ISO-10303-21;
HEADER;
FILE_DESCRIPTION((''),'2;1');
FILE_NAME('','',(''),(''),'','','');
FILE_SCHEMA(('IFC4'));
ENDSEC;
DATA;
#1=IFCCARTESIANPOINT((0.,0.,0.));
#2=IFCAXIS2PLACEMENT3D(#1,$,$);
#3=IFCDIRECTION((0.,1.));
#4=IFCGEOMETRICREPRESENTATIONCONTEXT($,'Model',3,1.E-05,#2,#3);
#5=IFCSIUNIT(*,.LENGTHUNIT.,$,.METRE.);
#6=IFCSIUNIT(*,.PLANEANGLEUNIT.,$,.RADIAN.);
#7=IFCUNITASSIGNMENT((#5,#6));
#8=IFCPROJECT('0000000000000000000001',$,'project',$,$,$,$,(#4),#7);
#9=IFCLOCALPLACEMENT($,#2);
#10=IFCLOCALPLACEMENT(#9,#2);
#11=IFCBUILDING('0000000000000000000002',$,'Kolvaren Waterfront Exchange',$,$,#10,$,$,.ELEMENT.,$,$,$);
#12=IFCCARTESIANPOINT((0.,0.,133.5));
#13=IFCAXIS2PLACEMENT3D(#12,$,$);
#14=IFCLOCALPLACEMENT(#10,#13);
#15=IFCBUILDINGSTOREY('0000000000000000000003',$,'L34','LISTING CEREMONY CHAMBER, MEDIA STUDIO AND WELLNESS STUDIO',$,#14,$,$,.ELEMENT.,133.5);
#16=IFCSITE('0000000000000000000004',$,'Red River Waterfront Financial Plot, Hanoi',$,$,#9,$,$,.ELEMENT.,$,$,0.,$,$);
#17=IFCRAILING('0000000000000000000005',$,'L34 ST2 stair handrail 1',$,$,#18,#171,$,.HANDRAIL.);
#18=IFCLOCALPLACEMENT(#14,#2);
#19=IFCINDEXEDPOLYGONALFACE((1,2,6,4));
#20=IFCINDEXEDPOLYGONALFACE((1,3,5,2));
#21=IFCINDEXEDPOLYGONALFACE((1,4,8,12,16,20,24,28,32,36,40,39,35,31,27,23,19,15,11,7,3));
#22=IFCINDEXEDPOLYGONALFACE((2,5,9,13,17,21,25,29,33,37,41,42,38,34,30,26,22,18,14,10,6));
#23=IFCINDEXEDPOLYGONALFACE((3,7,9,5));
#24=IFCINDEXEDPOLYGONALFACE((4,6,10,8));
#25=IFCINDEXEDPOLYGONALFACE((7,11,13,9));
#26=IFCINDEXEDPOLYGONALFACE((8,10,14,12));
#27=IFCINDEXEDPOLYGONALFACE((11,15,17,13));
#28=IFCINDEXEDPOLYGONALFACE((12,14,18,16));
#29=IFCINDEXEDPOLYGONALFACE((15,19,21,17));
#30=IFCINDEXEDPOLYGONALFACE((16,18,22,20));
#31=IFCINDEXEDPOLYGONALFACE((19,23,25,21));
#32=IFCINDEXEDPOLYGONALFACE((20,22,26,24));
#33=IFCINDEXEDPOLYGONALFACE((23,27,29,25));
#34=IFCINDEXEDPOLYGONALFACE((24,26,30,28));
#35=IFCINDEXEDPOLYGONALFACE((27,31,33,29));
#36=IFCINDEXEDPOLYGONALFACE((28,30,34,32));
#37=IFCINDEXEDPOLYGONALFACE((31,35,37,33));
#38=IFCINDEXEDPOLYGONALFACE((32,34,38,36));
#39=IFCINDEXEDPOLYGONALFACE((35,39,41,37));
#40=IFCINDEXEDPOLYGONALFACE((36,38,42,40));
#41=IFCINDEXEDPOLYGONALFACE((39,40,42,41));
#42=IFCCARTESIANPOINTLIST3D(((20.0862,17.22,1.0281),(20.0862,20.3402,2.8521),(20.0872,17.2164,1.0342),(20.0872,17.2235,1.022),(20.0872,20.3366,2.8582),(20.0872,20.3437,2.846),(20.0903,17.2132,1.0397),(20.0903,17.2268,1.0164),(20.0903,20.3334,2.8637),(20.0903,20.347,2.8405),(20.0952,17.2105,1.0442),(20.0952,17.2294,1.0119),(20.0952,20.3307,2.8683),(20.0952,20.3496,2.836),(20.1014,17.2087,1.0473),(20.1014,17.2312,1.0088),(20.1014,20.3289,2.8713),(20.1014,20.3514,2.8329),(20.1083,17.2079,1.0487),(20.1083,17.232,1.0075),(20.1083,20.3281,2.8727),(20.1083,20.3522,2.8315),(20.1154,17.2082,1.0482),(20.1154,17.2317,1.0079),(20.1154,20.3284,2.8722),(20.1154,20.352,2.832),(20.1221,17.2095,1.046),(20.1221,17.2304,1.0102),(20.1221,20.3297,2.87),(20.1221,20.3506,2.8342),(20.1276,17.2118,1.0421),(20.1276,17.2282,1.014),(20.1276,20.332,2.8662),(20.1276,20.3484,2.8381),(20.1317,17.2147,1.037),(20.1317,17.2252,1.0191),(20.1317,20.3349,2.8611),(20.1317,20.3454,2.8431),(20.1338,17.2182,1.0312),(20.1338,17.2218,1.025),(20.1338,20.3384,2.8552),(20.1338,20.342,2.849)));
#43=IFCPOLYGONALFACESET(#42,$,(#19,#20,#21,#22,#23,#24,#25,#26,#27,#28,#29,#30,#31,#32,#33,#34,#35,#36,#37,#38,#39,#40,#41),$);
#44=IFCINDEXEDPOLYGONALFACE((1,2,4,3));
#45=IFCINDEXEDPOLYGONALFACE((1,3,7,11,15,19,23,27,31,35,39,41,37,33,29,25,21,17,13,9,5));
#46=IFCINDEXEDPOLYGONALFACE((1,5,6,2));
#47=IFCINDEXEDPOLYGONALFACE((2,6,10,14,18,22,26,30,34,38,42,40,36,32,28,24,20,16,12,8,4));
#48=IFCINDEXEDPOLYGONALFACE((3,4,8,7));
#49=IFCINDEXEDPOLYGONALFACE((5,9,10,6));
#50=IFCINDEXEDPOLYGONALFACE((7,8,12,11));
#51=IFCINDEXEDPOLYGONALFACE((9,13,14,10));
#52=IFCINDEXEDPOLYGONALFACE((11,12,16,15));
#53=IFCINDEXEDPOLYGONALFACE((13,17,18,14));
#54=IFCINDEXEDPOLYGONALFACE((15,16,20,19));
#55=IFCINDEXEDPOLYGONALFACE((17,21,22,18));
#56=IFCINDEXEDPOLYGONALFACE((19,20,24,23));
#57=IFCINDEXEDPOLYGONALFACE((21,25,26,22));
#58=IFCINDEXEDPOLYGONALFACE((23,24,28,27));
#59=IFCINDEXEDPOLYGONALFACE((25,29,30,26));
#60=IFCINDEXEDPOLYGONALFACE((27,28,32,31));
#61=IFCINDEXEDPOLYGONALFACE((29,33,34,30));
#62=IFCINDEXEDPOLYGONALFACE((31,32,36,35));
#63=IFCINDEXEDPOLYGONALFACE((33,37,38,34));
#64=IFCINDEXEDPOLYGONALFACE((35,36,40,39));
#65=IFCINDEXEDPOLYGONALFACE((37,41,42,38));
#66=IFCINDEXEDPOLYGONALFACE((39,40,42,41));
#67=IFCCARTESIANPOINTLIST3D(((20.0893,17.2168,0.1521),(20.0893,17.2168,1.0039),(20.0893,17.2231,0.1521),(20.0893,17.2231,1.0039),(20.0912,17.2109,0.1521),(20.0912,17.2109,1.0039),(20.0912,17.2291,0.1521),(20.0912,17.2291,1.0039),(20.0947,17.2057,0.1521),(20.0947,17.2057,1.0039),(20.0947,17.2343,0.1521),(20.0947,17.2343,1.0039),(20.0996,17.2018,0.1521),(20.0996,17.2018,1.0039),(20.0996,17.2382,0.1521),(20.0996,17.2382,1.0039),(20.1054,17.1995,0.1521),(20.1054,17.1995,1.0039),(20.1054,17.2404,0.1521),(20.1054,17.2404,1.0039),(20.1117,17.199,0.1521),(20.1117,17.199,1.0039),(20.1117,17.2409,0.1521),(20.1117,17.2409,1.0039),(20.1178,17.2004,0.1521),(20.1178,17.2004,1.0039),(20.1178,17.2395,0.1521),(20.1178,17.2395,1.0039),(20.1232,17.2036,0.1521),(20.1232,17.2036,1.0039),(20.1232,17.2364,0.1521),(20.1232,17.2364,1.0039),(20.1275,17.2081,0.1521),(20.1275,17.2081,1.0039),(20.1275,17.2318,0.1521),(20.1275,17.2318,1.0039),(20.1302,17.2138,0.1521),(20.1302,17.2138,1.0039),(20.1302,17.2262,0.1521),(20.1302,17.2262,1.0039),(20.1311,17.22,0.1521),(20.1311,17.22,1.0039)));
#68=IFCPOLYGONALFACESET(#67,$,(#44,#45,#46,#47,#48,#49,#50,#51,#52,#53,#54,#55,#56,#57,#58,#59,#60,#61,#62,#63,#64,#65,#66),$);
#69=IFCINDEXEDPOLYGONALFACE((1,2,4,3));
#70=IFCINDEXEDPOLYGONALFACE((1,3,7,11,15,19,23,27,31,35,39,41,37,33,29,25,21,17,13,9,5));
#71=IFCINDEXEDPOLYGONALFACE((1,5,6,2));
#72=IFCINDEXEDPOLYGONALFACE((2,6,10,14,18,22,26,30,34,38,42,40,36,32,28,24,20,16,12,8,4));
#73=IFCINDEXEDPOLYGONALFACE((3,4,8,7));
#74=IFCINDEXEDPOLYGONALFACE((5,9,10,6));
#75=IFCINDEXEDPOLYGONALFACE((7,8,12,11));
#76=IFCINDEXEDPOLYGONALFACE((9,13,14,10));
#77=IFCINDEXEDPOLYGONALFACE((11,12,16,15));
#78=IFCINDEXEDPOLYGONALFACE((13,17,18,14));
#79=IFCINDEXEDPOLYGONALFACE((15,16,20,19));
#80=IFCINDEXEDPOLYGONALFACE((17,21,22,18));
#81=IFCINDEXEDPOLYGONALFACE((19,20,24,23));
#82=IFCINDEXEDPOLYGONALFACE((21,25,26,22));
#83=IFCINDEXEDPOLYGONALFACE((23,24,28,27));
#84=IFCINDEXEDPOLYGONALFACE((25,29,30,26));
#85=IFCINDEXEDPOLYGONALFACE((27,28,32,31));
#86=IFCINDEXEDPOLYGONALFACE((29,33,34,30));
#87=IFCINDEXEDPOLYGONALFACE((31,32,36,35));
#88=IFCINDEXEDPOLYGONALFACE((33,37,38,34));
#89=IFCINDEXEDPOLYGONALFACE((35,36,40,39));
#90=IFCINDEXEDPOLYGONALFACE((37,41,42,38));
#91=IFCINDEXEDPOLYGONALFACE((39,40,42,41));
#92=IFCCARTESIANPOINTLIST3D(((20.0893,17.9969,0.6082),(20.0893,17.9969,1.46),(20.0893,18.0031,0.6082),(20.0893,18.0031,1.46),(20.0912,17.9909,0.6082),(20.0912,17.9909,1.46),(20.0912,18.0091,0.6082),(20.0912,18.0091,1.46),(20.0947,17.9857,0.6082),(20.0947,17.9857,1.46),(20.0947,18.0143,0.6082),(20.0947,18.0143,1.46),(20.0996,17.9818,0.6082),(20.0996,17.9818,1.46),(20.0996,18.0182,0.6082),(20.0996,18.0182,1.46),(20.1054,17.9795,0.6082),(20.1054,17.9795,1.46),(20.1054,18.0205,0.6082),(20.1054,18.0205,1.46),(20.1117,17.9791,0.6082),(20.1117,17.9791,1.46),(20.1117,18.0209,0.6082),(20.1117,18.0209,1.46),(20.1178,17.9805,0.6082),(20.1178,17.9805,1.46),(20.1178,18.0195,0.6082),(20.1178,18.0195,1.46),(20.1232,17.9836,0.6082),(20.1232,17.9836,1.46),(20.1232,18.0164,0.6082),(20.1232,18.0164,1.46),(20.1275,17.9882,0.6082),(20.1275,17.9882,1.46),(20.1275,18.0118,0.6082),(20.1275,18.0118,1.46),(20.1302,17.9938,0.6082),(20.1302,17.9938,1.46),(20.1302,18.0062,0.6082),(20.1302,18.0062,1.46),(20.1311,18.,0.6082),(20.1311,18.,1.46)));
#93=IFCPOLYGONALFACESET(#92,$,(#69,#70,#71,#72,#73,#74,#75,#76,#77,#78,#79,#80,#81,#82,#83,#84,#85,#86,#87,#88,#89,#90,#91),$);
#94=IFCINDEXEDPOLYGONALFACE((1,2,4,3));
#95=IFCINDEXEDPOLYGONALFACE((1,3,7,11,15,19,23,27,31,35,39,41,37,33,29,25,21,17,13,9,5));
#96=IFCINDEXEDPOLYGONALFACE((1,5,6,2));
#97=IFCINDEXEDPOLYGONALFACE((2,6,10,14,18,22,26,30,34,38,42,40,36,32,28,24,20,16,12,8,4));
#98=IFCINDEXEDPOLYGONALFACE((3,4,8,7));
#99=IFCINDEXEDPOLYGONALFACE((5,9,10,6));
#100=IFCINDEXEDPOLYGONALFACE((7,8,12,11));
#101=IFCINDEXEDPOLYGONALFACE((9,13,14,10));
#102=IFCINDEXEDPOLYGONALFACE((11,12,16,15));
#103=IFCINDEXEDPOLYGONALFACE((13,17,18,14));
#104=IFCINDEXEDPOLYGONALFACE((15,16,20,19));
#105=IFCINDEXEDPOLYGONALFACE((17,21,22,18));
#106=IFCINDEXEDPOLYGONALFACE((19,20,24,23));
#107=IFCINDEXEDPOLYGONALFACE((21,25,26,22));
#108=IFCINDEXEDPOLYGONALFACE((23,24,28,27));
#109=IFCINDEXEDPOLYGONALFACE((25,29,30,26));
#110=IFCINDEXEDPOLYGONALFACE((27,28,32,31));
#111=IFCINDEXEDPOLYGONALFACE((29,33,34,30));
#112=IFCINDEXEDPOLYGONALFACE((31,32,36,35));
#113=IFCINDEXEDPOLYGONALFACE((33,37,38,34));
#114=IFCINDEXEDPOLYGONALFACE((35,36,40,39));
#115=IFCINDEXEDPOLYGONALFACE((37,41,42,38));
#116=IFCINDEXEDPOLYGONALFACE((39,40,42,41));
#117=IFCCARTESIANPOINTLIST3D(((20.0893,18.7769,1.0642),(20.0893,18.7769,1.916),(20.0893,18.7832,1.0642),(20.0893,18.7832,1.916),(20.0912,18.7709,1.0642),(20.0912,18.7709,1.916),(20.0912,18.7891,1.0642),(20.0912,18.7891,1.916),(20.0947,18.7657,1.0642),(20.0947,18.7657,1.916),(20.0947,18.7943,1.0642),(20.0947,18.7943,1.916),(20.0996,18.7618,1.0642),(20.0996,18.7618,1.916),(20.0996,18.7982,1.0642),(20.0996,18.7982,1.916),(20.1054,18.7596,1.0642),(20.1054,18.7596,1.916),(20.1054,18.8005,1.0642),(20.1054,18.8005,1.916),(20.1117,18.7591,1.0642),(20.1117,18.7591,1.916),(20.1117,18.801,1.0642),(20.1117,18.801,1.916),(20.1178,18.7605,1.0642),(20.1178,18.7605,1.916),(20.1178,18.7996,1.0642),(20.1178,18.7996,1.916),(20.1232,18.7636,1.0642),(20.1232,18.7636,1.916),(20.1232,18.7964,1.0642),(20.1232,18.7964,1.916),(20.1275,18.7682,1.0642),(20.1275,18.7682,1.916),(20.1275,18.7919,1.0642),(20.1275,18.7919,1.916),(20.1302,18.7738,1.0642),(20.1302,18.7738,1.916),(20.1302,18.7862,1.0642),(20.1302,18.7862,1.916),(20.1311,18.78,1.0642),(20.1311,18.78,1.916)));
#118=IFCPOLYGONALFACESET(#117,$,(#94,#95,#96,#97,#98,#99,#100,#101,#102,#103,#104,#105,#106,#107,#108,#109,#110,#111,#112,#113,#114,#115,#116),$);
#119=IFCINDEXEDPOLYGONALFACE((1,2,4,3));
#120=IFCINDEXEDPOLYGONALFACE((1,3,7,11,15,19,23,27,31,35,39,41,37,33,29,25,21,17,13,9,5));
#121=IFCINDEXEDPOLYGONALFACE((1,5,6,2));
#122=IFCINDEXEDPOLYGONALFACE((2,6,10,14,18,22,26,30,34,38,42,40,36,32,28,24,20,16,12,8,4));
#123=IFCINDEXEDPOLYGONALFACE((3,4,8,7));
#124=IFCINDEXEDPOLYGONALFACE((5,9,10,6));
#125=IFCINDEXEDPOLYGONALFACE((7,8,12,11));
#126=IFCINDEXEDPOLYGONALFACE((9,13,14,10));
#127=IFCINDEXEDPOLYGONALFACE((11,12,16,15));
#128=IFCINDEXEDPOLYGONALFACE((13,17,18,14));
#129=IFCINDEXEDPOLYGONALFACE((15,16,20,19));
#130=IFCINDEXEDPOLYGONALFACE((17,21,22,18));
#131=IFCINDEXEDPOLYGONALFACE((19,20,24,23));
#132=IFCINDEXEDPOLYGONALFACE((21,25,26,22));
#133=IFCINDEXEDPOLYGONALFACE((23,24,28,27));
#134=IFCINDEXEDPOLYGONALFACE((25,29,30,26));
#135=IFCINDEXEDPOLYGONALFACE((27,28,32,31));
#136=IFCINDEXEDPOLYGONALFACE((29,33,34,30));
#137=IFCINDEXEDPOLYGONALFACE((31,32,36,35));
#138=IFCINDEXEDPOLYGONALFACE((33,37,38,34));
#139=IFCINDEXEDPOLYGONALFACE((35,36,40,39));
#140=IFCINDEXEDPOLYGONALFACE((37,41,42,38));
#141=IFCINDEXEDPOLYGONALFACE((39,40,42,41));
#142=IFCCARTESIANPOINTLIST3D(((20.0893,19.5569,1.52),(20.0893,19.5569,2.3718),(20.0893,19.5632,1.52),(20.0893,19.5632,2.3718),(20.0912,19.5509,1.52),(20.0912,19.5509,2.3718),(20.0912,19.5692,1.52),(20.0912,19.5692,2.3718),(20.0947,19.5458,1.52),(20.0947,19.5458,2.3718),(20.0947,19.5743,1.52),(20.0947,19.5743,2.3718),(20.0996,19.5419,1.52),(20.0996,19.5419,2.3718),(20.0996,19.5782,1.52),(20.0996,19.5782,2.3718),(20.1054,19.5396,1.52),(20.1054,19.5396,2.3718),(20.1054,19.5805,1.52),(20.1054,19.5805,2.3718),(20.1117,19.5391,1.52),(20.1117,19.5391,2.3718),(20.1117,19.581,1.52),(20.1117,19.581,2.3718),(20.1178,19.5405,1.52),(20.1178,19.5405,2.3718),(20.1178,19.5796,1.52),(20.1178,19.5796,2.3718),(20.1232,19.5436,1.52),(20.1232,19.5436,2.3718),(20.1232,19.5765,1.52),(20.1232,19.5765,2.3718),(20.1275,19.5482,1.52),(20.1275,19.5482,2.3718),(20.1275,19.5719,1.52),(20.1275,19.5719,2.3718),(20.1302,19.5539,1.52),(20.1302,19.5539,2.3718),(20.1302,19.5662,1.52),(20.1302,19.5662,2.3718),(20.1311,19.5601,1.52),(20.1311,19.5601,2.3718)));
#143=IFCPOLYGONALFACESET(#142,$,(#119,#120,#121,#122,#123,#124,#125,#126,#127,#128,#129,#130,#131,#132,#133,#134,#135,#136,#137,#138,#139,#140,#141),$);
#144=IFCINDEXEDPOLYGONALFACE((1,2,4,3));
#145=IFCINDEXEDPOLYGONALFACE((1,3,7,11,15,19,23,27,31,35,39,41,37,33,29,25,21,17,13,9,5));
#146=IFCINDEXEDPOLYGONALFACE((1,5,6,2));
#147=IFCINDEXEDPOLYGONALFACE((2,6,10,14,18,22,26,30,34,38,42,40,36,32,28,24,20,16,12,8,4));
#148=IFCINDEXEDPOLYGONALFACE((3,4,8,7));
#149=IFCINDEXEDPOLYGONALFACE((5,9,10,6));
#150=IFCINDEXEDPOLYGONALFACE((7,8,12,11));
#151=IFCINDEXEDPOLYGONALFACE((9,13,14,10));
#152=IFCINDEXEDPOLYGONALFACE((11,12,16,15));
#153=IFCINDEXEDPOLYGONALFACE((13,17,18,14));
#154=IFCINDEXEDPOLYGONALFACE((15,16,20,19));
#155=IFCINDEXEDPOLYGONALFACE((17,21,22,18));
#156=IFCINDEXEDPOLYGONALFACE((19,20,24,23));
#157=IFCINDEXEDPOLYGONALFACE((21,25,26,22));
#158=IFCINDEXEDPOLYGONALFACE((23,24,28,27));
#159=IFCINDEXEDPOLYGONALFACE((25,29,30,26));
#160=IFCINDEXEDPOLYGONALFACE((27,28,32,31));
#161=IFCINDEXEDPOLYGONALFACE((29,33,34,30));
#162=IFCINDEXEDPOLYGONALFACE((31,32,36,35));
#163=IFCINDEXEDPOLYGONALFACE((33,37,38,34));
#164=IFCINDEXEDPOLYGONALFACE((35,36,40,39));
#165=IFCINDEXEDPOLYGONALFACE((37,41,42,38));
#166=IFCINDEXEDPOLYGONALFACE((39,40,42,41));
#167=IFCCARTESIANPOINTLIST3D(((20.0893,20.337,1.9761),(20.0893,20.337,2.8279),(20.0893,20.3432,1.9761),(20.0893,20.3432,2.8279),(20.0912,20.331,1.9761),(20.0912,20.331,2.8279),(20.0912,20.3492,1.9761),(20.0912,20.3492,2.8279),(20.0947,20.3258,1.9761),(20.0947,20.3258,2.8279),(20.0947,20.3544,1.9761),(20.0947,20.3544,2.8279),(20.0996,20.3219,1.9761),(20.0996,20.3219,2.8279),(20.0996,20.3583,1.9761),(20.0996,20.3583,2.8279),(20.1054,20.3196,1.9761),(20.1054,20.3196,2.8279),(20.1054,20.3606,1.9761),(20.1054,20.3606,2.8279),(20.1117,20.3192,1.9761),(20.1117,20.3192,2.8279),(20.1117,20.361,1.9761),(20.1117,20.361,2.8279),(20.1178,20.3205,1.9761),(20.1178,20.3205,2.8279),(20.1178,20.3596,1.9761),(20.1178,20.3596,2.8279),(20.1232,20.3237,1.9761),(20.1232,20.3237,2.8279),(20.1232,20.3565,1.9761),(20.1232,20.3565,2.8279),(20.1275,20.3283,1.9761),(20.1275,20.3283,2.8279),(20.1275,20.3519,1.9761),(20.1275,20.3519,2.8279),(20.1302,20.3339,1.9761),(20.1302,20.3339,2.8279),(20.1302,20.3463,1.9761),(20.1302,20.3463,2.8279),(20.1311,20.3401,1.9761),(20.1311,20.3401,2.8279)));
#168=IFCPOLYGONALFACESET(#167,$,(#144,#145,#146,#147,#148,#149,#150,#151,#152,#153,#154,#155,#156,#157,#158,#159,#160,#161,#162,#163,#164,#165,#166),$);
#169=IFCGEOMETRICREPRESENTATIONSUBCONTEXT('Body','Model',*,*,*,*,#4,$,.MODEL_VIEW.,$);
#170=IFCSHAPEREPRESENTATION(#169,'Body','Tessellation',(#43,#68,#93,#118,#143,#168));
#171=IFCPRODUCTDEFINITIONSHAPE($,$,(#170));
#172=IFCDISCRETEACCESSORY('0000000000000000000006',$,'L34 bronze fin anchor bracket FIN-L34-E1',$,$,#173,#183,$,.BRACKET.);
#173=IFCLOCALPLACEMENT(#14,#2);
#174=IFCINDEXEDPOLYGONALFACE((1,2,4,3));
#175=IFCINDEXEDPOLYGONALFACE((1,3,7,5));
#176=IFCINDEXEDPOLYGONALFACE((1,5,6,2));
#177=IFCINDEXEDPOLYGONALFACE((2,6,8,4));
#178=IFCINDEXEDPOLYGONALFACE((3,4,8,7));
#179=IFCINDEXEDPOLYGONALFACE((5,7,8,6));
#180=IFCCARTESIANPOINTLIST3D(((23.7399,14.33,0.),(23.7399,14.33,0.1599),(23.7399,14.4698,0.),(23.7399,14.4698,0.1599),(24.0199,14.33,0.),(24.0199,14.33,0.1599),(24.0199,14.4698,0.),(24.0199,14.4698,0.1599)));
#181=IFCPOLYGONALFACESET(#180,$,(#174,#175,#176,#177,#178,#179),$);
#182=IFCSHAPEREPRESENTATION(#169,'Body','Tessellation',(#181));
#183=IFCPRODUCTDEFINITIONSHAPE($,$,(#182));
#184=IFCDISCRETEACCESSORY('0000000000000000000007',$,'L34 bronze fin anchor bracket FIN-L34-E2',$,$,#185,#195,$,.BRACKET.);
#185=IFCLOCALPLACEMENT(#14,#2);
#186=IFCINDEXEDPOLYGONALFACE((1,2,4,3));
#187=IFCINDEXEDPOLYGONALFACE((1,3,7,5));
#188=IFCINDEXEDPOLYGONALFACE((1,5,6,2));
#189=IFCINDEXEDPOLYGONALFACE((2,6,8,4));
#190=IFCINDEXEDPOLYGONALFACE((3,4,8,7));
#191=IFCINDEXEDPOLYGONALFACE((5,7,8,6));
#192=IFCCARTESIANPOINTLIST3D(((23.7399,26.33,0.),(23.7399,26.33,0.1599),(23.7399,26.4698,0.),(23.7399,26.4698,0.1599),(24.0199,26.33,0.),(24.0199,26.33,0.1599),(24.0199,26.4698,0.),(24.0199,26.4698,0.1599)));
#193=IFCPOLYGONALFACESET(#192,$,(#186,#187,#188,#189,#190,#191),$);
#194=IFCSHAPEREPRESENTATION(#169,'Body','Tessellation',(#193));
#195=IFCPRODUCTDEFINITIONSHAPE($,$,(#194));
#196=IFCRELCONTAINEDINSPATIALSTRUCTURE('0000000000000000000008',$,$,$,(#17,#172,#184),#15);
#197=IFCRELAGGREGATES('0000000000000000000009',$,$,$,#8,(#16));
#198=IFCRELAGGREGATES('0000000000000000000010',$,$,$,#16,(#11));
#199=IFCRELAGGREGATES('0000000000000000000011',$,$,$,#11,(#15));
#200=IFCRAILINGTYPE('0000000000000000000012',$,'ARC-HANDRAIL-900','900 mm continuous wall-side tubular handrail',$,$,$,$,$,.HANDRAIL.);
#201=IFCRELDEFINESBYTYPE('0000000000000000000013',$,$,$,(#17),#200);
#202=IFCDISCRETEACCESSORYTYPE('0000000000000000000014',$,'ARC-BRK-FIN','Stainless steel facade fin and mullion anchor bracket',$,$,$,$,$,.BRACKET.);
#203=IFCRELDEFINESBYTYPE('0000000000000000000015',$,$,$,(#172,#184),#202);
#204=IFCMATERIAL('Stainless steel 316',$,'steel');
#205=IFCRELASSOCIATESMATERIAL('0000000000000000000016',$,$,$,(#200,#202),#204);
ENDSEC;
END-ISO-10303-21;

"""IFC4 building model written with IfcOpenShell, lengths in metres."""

from ifc_helpers import new_model, si_unit, direction, frame, origin, origin_with_axes, origin_2d, place, context, subcontext, project, spatial, rectangle, circle, extrude, source, transform, mapped, material, type_object, element, save


model = new_model("IFC4")

# Units and contexts
model_context = context("Model", 3, precision=1e-05, world=origin(), true_north=direction((0.0, 1.0)))
body_context = subcontext(model_context, "Body", "Model", "MODEL_VIEW")
ifc_project = project(units=[si_unit("LENGTHUNIT", "METRE"), si_unit("PLANEANGLEUNIT", "RADIAN")], contexts=[model_context])

# Site, building, storey
site_placement = place(None, origin())
site = spatial("IfcSite", under=ifc_project, at=site_placement, Name="Red River Waterfront Financial Plot, Hanoi", CompositionType="ELEMENT", RefElevation=0.0)
building_placement = place(site_placement, origin())
building = spatial("IfcBuilding", under=site, at=building_placement, Name="Kolvaren Waterfront Exchange", CompositionType="ELEMENT")
storey_placement = place(building_placement, frame((0.0, 0.0, 133.5)))
storey = spatial("IfcBuildingStorey", under=building, at=storey_placement, Name="L34", Description="LISTING CEREMONY CHAMBER, MEDIA STUDIO AND WELLNESS STUDIO", CompositionType="ELEMENT", Elevation=133.5)

# Railing
ifc_material_1 = material(Name="Stainless steel 316", Category="steel")
railing_type_1 = type_object("IfcRailingType", Name="ARC-HANDRAIL-900", Description="900 mm continuous wall-side tubular handrail", PredefinedType="HANDRAIL", material=ifc_material_1)
railing_1_placement = place(storey_placement, frame((20.1101, 17.22, 0.1521)))
element("IfcRailing", 1, at=railing_1_placement, inside=storey, type_object=railing_type_1, Name="L34 ST2 stair handrail 1", PredefinedType="HANDRAIL", context=body_context, shape_type="SweptSolid", body=[
    extrude(circle(Radius=0.0239, at=origin_2d()), frame((0.0, 0.0, 0.876), z_axis=(0.0, 0.863308, 0.504677), x_axis=(-1.0, 0.0, 0.0)), (0.0, 0.0, 1.0), 3.6143),
    extrude(circle(Radius=0.021, at=origin_2d()), origin(), (0.0, 0.0, 1.0), 0.8518),
    extrude(circle(Radius=0.021, at=origin_2d()), frame((0.0, 0.78, 0.4561)), (0.0, 0.0, 1.0), 0.8518),
    extrude(circle(Radius=0.021, at=origin_2d()), frame((0.0, 1.5601, 0.9121)), (0.0, 0.0, 1.0), 0.8518),
    extrude(circle(Radius=0.021, at=origin_2d()), frame((0.0, 2.3401, 1.3679)), (0.0, 0.0, 1.0), 0.8518),
    extrude(circle(Radius=0.021, at=origin_2d()), frame((0.0, 3.1201, 1.824)), (0.0, 0.0, 1.0), 0.8518),
])

# Discrete accessories
discrete_accessory_type = type_object("IfcDiscreteAccessoryType", Name="ARC-BRK-FIN", Description="Stainless steel facade fin and mullion anchor bracket", PredefinedType="BRACKET", material=ifc_material_1)
shared_shape_1 = source(origin_with_axes(), body_context, "Body", "SweptSolid", [
    extrude(rectangle(XDim=0.28, YDim=0.1399, at=origin_2d()), origin(), (0.0, 0.0, 1.0), 0.1599),
])
for number, where, z_axis, x_axis, name in (
    (2, (23.8799, 14.3999, 0.0), (0.0, 0.0, 1.0), (1.0, 0.0, 0.0), "L34 bronze fin anchor bracket FIN-L34-E1"),
    (3, (23.8799, 26.3999, 0.0), (0.0, 0.0, 1.0), (1.0, 0.0, 0.0), "L34 bronze fin anchor bracket FIN-L34-E2"),
):
    element("IfcDiscreteAccessory", number, at=place(storey_placement, frame(where, z_axis=z_axis, x_axis=x_axis)), inside=storey, type_object=discrete_accessory_type, Name=name, PredefinedType="BRACKET", context=body_context, shape_type="MappedRepresentation", body=[
        mapped(shared_shape_1, transform((0.0, 0.0, 0.0), x_axis=(1.0, 0.0, 0.0), y_axis=(0.0, 1.0, 0.0), z_axis=(0.0, 0.0, 1.0), scale=1.0)),
    ])

save(model, "model.ifc")
